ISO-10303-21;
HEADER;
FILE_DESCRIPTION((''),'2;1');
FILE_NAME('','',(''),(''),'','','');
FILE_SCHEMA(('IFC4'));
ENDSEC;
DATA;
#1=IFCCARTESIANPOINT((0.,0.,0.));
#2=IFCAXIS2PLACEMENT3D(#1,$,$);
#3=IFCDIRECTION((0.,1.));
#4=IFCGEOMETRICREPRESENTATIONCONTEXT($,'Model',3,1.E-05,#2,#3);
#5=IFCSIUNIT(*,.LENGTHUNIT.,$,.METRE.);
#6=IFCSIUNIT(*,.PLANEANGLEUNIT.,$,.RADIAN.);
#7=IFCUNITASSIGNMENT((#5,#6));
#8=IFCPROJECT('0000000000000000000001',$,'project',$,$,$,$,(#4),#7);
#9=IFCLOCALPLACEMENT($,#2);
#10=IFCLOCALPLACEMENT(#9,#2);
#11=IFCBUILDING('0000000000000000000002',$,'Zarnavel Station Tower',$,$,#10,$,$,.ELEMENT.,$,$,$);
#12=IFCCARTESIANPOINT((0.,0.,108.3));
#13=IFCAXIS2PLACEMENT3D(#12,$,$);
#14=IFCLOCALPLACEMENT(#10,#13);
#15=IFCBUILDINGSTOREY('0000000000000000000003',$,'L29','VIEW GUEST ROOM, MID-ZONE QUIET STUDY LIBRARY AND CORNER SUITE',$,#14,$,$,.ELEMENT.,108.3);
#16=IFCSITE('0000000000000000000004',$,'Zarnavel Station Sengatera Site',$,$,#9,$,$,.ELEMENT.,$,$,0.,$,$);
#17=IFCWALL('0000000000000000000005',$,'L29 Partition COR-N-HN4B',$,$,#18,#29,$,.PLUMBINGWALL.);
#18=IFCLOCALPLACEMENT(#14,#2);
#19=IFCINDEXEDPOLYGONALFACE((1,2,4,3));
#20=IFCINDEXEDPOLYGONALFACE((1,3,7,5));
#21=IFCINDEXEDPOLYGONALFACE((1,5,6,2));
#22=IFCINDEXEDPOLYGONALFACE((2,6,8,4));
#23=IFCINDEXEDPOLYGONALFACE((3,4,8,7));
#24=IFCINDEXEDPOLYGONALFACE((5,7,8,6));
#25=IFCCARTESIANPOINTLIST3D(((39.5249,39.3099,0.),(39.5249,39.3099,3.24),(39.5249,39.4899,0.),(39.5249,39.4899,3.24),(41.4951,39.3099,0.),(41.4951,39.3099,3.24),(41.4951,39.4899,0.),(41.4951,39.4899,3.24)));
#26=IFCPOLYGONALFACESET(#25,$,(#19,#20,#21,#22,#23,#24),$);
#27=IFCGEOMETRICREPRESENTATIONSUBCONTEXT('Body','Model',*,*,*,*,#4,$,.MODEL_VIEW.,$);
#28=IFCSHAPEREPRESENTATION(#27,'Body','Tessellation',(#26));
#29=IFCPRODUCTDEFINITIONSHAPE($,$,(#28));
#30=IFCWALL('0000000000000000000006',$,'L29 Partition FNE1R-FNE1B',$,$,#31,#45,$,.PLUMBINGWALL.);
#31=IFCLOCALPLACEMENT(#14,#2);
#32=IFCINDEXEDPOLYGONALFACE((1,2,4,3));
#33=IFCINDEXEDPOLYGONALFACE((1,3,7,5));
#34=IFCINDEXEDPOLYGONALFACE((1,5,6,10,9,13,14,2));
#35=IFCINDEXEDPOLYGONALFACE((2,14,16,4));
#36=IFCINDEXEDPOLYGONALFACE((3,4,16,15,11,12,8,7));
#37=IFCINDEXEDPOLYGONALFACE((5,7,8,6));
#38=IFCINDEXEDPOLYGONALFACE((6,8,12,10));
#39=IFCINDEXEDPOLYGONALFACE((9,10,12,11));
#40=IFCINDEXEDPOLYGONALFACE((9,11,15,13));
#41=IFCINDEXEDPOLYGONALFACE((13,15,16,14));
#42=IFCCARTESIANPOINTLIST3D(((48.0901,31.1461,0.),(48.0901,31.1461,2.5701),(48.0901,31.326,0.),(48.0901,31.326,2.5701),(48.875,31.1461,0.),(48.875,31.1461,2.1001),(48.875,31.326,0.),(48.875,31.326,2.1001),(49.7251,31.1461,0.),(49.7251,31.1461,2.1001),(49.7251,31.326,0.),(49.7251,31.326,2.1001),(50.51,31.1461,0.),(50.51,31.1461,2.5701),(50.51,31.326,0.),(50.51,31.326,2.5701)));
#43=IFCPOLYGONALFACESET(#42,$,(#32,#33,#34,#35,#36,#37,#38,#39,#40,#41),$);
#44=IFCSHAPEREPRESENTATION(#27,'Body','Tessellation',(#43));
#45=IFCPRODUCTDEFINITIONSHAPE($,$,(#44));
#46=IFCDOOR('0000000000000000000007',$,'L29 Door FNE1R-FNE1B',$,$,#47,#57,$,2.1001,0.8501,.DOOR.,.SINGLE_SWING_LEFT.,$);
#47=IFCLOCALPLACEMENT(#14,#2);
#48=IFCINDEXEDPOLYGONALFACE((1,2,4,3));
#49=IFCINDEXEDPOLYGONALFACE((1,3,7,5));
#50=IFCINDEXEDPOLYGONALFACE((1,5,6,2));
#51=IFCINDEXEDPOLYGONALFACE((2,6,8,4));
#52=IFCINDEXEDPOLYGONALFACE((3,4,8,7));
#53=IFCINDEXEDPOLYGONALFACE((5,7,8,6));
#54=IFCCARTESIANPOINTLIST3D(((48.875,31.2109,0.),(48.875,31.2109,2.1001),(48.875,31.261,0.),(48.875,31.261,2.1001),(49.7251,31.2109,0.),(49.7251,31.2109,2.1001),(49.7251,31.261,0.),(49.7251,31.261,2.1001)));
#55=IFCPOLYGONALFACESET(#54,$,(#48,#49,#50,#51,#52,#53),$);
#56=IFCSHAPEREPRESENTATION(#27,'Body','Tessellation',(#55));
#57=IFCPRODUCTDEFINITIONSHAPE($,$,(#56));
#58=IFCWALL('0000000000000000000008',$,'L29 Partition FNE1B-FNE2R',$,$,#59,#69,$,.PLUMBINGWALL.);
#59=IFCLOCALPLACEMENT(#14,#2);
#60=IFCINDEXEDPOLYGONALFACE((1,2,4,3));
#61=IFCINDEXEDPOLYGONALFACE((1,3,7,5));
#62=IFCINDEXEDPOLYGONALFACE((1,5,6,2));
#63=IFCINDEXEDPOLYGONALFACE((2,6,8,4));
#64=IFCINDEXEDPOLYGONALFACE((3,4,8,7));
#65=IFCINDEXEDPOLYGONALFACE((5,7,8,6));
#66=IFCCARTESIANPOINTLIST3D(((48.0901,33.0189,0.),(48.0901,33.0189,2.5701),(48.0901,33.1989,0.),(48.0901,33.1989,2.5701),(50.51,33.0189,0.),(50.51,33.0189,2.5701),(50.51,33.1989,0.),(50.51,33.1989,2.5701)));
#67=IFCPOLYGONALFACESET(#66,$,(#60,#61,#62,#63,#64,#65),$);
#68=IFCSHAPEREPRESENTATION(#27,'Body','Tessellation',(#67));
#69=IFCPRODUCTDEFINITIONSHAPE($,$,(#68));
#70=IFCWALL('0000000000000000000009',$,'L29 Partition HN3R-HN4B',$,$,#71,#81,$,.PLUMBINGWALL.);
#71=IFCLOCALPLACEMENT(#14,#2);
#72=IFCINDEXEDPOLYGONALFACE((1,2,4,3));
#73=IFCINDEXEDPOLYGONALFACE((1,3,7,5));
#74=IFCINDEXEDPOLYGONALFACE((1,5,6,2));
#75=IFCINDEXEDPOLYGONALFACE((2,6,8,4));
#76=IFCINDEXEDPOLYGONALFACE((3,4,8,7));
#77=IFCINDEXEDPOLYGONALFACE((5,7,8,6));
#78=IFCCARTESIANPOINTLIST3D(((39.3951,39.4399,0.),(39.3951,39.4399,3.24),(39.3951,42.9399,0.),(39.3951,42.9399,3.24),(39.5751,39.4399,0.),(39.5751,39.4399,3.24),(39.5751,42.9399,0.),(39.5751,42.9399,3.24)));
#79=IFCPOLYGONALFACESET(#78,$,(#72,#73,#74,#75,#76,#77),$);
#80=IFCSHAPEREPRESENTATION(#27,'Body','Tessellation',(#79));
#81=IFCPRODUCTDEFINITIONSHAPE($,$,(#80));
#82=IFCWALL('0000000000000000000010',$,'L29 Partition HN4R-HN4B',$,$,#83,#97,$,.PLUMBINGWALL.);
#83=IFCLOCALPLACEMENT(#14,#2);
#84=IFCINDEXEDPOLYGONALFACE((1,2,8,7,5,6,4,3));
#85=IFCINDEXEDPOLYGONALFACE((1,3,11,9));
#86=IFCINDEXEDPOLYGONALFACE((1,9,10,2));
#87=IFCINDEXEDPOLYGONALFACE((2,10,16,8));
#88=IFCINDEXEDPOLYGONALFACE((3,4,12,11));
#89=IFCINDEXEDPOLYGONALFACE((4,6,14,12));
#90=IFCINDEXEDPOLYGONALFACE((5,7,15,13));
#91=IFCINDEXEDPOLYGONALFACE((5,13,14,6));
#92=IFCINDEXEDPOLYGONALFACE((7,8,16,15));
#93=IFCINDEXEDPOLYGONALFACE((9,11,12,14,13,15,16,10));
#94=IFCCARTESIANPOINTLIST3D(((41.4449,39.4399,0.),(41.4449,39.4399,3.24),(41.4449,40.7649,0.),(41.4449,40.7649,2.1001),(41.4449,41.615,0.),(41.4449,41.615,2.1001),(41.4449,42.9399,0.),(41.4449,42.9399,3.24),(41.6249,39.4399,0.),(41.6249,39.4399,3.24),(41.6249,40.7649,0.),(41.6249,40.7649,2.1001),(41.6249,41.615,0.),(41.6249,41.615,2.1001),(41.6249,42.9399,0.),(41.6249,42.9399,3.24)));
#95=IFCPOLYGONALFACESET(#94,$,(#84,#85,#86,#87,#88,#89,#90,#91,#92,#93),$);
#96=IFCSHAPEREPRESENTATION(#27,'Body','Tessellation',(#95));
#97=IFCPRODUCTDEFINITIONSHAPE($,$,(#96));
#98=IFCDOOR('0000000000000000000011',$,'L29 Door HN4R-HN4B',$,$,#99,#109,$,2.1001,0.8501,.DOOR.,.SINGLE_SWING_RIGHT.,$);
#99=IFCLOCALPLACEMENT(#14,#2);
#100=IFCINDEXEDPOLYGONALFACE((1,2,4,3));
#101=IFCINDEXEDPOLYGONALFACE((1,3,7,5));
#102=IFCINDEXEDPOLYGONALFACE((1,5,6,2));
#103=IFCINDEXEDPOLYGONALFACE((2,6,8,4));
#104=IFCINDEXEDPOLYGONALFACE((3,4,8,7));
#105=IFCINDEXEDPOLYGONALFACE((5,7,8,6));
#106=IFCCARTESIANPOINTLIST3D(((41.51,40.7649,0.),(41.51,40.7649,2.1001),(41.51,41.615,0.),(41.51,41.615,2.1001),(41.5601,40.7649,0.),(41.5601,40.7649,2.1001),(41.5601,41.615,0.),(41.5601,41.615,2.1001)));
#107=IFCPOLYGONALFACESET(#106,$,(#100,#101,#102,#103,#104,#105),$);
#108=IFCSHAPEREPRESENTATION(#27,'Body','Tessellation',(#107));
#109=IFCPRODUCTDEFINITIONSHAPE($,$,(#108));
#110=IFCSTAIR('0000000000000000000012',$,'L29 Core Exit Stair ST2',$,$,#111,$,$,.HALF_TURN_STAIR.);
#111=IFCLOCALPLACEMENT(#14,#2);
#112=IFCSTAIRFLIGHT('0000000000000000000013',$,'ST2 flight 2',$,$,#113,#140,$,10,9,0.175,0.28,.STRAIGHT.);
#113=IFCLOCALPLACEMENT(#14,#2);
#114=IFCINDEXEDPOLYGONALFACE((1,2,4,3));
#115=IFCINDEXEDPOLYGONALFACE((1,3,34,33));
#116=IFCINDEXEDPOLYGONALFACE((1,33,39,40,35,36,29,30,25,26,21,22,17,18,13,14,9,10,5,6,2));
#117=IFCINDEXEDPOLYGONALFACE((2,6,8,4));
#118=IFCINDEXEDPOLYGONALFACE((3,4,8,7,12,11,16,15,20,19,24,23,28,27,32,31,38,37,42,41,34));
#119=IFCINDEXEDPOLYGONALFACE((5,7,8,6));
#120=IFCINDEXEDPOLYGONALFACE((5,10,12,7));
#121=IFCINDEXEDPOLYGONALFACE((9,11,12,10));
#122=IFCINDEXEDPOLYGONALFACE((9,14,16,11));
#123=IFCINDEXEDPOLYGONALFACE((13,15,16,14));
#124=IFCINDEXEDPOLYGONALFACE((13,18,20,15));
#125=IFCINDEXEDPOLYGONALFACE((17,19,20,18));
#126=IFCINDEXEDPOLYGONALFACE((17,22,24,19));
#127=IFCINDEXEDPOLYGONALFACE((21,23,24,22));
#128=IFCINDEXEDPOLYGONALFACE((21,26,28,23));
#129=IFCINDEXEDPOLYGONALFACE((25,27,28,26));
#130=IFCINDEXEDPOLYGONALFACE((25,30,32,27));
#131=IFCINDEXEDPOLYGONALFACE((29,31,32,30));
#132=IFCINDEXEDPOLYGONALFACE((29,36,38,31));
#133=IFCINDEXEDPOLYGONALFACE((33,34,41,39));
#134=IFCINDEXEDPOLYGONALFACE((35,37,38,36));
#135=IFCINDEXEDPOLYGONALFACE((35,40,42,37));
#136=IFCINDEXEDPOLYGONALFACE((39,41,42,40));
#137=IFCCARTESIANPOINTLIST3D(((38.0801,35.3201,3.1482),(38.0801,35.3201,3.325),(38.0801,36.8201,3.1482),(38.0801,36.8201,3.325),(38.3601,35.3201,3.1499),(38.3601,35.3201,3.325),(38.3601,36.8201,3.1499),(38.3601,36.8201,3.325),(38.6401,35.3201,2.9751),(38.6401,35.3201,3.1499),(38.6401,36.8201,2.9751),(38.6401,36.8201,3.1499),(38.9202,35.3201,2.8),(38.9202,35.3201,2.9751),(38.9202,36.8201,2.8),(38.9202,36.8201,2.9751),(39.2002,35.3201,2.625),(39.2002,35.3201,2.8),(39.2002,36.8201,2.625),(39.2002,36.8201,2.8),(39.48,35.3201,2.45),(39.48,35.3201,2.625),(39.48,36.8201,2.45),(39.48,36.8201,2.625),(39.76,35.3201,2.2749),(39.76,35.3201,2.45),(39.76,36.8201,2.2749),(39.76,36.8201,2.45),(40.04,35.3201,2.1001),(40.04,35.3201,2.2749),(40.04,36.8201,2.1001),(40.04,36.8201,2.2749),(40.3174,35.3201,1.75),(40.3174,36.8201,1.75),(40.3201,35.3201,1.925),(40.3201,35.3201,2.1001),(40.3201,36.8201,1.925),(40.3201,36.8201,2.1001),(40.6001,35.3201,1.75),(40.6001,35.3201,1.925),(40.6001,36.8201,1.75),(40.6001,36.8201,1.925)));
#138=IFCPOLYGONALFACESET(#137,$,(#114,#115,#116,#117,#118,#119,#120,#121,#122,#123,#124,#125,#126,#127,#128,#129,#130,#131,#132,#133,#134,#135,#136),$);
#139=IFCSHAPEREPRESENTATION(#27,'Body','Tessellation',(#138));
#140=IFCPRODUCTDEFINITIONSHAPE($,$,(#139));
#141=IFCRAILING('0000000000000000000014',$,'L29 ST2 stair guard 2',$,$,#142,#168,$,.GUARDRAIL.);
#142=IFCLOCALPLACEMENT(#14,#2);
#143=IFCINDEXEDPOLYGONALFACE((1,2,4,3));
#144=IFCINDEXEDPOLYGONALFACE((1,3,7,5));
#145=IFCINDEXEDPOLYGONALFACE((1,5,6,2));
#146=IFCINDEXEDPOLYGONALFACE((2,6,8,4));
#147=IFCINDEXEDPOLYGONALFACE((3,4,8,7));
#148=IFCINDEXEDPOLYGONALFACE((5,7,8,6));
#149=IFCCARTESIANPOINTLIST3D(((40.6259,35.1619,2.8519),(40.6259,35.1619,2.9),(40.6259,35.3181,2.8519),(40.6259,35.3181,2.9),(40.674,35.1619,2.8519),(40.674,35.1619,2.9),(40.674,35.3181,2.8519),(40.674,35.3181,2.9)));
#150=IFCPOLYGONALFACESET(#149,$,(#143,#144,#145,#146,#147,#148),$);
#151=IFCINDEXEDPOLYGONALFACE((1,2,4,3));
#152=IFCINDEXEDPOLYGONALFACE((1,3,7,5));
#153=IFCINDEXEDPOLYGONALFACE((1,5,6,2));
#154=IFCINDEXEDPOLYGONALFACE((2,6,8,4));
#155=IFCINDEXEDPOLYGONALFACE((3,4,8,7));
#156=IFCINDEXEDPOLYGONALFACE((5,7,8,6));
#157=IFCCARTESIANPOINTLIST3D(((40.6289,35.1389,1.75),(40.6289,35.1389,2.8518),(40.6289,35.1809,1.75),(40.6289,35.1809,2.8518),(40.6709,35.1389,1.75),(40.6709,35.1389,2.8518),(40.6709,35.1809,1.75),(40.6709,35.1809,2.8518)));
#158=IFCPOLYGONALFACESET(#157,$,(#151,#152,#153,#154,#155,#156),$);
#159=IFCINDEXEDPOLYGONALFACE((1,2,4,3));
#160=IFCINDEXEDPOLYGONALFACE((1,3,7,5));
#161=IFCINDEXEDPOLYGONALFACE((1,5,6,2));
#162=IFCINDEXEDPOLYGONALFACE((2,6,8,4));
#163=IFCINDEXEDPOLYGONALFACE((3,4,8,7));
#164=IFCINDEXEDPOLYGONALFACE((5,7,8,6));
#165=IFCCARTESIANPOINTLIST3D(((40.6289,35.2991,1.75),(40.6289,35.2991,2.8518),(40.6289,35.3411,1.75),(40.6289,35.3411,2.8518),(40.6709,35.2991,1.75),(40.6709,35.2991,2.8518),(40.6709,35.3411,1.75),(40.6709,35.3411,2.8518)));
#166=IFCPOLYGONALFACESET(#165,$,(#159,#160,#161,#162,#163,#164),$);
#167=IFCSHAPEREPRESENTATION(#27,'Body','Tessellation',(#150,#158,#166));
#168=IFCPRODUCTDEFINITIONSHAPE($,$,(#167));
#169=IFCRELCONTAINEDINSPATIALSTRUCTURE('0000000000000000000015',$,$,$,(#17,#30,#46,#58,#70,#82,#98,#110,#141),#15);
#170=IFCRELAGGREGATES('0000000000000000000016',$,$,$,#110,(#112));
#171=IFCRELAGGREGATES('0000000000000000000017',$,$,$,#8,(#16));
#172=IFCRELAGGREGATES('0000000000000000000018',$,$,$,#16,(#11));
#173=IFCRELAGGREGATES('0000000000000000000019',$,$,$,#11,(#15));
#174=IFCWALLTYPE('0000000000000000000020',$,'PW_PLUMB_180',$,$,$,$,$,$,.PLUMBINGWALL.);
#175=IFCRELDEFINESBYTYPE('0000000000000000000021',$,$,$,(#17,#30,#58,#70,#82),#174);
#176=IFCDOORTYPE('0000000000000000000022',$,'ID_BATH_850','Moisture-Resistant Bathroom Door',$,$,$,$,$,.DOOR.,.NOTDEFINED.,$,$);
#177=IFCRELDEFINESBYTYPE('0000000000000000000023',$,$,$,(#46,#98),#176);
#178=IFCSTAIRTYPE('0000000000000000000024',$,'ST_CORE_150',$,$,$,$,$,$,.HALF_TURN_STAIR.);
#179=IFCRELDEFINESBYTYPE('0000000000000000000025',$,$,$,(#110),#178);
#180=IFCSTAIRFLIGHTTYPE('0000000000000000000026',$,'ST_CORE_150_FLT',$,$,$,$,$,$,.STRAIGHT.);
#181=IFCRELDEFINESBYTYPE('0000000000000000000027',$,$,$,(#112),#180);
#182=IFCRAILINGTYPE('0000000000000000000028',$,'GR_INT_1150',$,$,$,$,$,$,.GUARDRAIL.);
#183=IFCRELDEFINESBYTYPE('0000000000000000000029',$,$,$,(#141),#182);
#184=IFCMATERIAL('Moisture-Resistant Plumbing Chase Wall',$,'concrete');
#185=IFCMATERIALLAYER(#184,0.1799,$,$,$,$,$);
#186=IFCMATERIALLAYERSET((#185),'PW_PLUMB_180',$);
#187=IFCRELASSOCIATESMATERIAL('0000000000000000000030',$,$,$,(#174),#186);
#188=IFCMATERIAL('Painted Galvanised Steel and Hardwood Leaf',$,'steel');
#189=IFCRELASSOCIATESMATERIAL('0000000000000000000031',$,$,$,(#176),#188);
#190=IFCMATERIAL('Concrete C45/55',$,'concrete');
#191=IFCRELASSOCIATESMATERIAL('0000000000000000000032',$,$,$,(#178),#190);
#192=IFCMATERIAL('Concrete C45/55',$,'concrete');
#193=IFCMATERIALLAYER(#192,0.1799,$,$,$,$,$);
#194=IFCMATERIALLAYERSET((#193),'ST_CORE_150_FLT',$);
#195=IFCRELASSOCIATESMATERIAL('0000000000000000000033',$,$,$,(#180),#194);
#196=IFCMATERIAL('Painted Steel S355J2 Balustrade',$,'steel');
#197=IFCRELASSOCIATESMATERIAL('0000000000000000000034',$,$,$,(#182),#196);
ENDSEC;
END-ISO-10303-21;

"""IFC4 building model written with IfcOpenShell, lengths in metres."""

from ifc_helpers import new_model, si_unit, direction, frame, frame_2d, origin, origin_2d, place, context, subcontext, project, spatial, polyline, rectangle, outline, extrude, material, layer, layer_set, type_object, element, fill, aggregate, save


model = new_model("IFC4")

# Units and contexts
model_context = context("Model", 3, precision=1e-05, world=origin(), true_north=direction((0.0, 1.0)))
body_context = subcontext(model_context, "Body", "Model", "MODEL_VIEW")
ifc_project = project(units=[si_unit("LENGTHUNIT", "METRE"), si_unit("PLANEANGLEUNIT", "RADIAN")], contexts=[model_context])

# Site, building, storey
site_placement = place(None, origin())
site = spatial("IfcSite", under=ifc_project, at=site_placement, Name="Zarnavel Station Sengatera Site", CompositionType="ELEMENT", RefElevation=0.0)
building_placement = place(site_placement, origin())
building = spatial("IfcBuilding", under=site, at=building_placement, Name="Zarnavel Station Tower", CompositionType="ELEMENT")
storey_placement = place(building_placement, frame((0.0, 0.0, 108.3)))
storey = spatial("IfcBuildingStorey", under=building, at=storey_placement, Name="L29", Description="VIEW GUEST ROOM, MID-ZONE QUIET STUDY LIBRARY AND CORNER SUITE", CompositionType="ELEMENT", Elevation=108.3)

# Wall
ifc_material_1 = material(Name="Moisture-Resistant Plumbing Chase Wall", Category="concrete")
ifc_layer_1 = layer(ifc_material_1, 0.1799)
ifc_layer_set_1 = layer_set([ifc_layer_1], Name="PW_PLUMB_180")
wall_type_1 = type_object("IfcWallType", Name="PW_PLUMB_180", PredefinedType="PLUMBINGWALL", material=ifc_layer_set_1)
wall_1_placement = place(storey_placement, frame((39.5249, 39.3999, 0.0), z_axis=(0.0, 0.0, 1.0), x_axis=(1.0, 0.0, 0.0)))
element("IfcWall", 1, at=wall_1_placement, inside=storey, type_object=wall_type_1, Name="L29 Partition COR-N-HN4B", PredefinedType="PLUMBINGWALL", context=body_context, shape_type="SweptSolid", body=[
    extrude(rectangle(XDim=1.9702, YDim=0.1799, at=frame_2d((0.9851, 0.0))), origin(), (0.0, 0.0, 1.0), 3.24),
])

# Wall, opening, door
wall_2_placement = place(storey_placement, frame((48.0901, 31.2361, 0.0), z_axis=(0.0, 0.0, 1.0), x_axis=(1.0, 0.0, 0.0)))
wall_2 = element("IfcWall", 2, at=wall_2_placement, inside=storey, type_object=wall_type_1, Name="L29 Partition FNE1R-FNE1B", PredefinedType="PLUMBINGWALL", context=body_context, shape_type="SweptSolid", body=[
    extrude(rectangle(XDim=2.4199, YDim=0.1799, at=frame_2d((1.21, 0.0))), origin(), (0.0, 0.0, 1.0), 2.5701),
])
opening_1_placement = place(wall_2_placement, frame((0.7849, 0.0, 0.0)))
opening_1 = element("IfcOpeningElement", 3, at=opening_1_placement, cuts=wall_2, PredefinedType="OPENING", context=body_context, shape_type="SweptSolid", body=[
    extrude(rectangle(XDim=0.8501, YDim=2.1001, at=frame_2d((0.425, 1.05))), frame((0.0, 0.0999, 0.0), z_axis=(0.0, -1.0, 0.0), x_axis=(1.0, 0.0, 0.0)), (0.0, 0.0, 1.0), 0.2),
])
ifc_material_2 = material(Name="Painted Galvanised Steel and Hardwood Leaf", Category="steel")
door_type_1 = type_object("IfcDoorType", Name="ID_BATH_850", Description="Moisture-Resistant Bathroom Door", OperationType="NOTDEFINED", PredefinedType="DOOR", material=ifc_material_2)
door_1_placement = place(opening_1_placement, origin())
door_1 = element("IfcDoor", 4, at=door_1_placement, inside=storey, type_object=door_type_1, Name="L29 Door FNE1R-FNE1B", OperationType="SINGLE_SWING_LEFT", OverallHeight=2.1001, OverallWidth=0.8501, PredefinedType="DOOR", context=body_context, shape_type="SweptSolid", body=[
    extrude(rectangle(XDim=0.8501, YDim=2.1001, at=frame_2d((0.425, 1.05))), frame((0.0, 0.0249, 0.0), z_axis=(0.0, -1.0, 0.0), x_axis=(1.0, 0.0, 0.0)), (0.0, 0.0, 1.0), 0.05),
])
fill(opening_1, door_1)

# Walls
wall_3_placement = place(storey_placement, frame((48.0901, 33.1089, 0.0), z_axis=(0.0, 0.0, 1.0), x_axis=(1.0, 0.0, 0.0)))
element("IfcWall", 5, at=wall_3_placement, inside=storey, type_object=wall_type_1, Name="L29 Partition FNE1B-FNE2R", PredefinedType="PLUMBINGWALL", context=body_context, shape_type="SweptSolid", body=[
    extrude(rectangle(XDim=2.4199, YDim=0.1799, at=frame_2d((1.21, 0.0))), origin(), (0.0, 0.0, 1.0), 2.5701),
])
wall_4_placement = place(storey_placement, frame((39.4851, 39.4399, 0.0), z_axis=(0.0, 0.0, 1.0), x_axis=(0.0, 1.0, 0.0)))
element("IfcWall", 6, at=wall_4_placement, inside=storey, type_object=wall_type_1, Name="L29 Partition HN3R-HN4B", PredefinedType="PLUMBINGWALL", context=body_context, shape_type="SweptSolid", body=[
    extrude(rectangle(XDim=3.5, YDim=0.1799, at=frame_2d((1.75, 0.0))), origin(), (0.0, 0.0, 1.0), 3.24),
])

# Wall, opening, door
wall_5_placement = place(storey_placement, frame((41.5349, 39.4399, 0.0), z_axis=(0.0, 0.0, 1.0), x_axis=(0.0, 1.0, 0.0)))
wall_5 = element("IfcWall", 7, at=wall_5_placement, inside=storey, type_object=wall_type_1, Name="L29 Partition HN4R-HN4B", PredefinedType="PLUMBINGWALL", context=body_context, shape_type="SweptSolid", body=[
    extrude(rectangle(XDim=3.5, YDim=0.1799, at=frame_2d((1.75, 0.0))), origin(), (0.0, 0.0, 1.0), 3.24),
])
opening_2_placement = place(wall_5_placement, frame((1.325, 0.0, 0.0)))
opening_2 = element("IfcOpeningElement", 8, at=opening_2_placement, cuts=wall_5, PredefinedType="OPENING", context=body_context, shape_type="SweptSolid", body=[
    extrude(rectangle(XDim=0.8501, YDim=2.1001, at=frame_2d((0.425, 1.05))), frame((0.0, 0.0999, 0.0), z_axis=(0.0, -1.0, 0.0), x_axis=(1.0, 0.0, 0.0)), (0.0, 0.0, 1.0), 0.2),
])
door_2_placement = place(opening_2_placement, origin())
door_2 = element("IfcDoor", 9, at=door_2_placement, inside=storey, type_object=door_type_1, Name="L29 Door HN4R-HN4B", OperationType="SINGLE_SWING_RIGHT", OverallHeight=2.1001, OverallWidth=0.8501, PredefinedType="DOOR", context=body_context, shape_type="SweptSolid", body=[
    extrude(rectangle(XDim=0.8501, YDim=2.1001, at=frame_2d((0.425, 1.05))), frame((0.0, 0.0249, 0.0), z_axis=(0.0, -1.0, 0.0), x_axis=(1.0, 0.0, 0.0)), (0.0, 0.0, 1.0), 0.05),
])
fill(opening_2, door_2)

# Stair, stair flight
ifc_material_3 = material(Name="Concrete C45/55", Category="concrete")
stair_type = type_object("IfcStairType", Name="ST_CORE_150", PredefinedType="HALF_TURN_STAIR", material=ifc_material_3)
stair_placement = place(storey_placement, origin())
stair = element("IfcStair", 10, at=stair_placement, inside=storey, type_object=stair_type, Name="L29 Core Exit Stair ST2", PredefinedType="HALF_TURN_STAIR")
ifc_material_4 = material(Name="Concrete C45/55", Category="concrete")
ifc_layer_2 = layer(ifc_material_4, 0.1799)
ifc_layer_set_2 = layer_set([ifc_layer_2], Name="ST_CORE_150_FLT")
stair_flight_type = type_object("IfcStairFlightType", Name="ST_CORE_150_FLT", PredefinedType="STRAIGHT", material=ifc_layer_set_2)
stair_flight_placement = place(storey_placement, frame((40.6001, 36.0701, 1.75), z_axis=(0.0, 0.0, 1.0), x_axis=(-1.0, 0.0, 0.0)))
stair_flight = element("IfcStairFlight", 11, at=stair_flight_placement, type_object=stair_flight_type, Name="ST2 flight 2", NumberOfRisers=10, NumberOfTreads=9, PredefinedType="STRAIGHT", RiserHeight=0.175, TreadLength=0.28, context=body_context, shape_type="SweptSolid", body=[
    extrude(outline(polyline([(0.0, 0.0), (0.0, 0.175), (0.28, 0.175), (0.28, 0.3501), (0.5601, 0.3501), (0.5601, 0.5249), (0.8401, 0.5249), (0.8401, 0.7), (1.1201, 0.7), (1.1201, 0.875), (1.3999, 0.875), (1.3999, 1.05), (1.6799, 1.05), (1.6799, 1.2251), (1.96, 1.2251), (1.96, 1.3999), (2.24, 1.3999), (2.24, 1.575), (2.52, 1.575), (2.52, 1.75), (2.52, 1.3982), (0.2827, 0.0), (0.0, 0.0)])), frame((0.0, 0.75, 0.0), z_axis=(0.0, -1.0, 0.0), x_axis=(1.0, 0.0, 0.0)), (0.0, 0.0, 1.0), 1.5),
])
aggregate(stair, [stair_flight])

# Railing
ifc_material_5 = material(Name="Painted Steel S355J2 Balustrade", Category="steel")
railing_type_1 = type_object("IfcRailingType", Name="GR_INT_1150", PredefinedType="GUARDRAIL", material=ifc_material_5)
railing_1_placement = place(storey_placement, frame((40.6499, 35.1599, 1.75)))
element("IfcRailing", 12, at=railing_1_placement, inside=storey, type_object=railing_type_1, Name="L29 ST2 stair guard 2", PredefinedType="GUARDRAIL", context=body_context, shape_type="SweptSolid", body=[
    extrude(rectangle(XDim=0.0481, YDim=0.0481, at=origin_2d()), frame((0.0, 0.002, 1.126), z_axis=(0.0, 1.0, 0.0), x_axis=(-1.0, 0.0, 0.0)), (0.0, 0.0, 1.0), 0.1562),
    extrude(rectangle(XDim=0.042, YDim=0.042, at=origin_2d()), origin(), (0.0, 0.0, 1.0), 1.1018),
    extrude(rectangle(XDim=0.042, YDim=0.042, at=origin_2d()), frame((0.0, 0.1602, 0.0)), (0.0, 0.0, 1.0), 1.1018),
])

save(model, "model.ifc")
